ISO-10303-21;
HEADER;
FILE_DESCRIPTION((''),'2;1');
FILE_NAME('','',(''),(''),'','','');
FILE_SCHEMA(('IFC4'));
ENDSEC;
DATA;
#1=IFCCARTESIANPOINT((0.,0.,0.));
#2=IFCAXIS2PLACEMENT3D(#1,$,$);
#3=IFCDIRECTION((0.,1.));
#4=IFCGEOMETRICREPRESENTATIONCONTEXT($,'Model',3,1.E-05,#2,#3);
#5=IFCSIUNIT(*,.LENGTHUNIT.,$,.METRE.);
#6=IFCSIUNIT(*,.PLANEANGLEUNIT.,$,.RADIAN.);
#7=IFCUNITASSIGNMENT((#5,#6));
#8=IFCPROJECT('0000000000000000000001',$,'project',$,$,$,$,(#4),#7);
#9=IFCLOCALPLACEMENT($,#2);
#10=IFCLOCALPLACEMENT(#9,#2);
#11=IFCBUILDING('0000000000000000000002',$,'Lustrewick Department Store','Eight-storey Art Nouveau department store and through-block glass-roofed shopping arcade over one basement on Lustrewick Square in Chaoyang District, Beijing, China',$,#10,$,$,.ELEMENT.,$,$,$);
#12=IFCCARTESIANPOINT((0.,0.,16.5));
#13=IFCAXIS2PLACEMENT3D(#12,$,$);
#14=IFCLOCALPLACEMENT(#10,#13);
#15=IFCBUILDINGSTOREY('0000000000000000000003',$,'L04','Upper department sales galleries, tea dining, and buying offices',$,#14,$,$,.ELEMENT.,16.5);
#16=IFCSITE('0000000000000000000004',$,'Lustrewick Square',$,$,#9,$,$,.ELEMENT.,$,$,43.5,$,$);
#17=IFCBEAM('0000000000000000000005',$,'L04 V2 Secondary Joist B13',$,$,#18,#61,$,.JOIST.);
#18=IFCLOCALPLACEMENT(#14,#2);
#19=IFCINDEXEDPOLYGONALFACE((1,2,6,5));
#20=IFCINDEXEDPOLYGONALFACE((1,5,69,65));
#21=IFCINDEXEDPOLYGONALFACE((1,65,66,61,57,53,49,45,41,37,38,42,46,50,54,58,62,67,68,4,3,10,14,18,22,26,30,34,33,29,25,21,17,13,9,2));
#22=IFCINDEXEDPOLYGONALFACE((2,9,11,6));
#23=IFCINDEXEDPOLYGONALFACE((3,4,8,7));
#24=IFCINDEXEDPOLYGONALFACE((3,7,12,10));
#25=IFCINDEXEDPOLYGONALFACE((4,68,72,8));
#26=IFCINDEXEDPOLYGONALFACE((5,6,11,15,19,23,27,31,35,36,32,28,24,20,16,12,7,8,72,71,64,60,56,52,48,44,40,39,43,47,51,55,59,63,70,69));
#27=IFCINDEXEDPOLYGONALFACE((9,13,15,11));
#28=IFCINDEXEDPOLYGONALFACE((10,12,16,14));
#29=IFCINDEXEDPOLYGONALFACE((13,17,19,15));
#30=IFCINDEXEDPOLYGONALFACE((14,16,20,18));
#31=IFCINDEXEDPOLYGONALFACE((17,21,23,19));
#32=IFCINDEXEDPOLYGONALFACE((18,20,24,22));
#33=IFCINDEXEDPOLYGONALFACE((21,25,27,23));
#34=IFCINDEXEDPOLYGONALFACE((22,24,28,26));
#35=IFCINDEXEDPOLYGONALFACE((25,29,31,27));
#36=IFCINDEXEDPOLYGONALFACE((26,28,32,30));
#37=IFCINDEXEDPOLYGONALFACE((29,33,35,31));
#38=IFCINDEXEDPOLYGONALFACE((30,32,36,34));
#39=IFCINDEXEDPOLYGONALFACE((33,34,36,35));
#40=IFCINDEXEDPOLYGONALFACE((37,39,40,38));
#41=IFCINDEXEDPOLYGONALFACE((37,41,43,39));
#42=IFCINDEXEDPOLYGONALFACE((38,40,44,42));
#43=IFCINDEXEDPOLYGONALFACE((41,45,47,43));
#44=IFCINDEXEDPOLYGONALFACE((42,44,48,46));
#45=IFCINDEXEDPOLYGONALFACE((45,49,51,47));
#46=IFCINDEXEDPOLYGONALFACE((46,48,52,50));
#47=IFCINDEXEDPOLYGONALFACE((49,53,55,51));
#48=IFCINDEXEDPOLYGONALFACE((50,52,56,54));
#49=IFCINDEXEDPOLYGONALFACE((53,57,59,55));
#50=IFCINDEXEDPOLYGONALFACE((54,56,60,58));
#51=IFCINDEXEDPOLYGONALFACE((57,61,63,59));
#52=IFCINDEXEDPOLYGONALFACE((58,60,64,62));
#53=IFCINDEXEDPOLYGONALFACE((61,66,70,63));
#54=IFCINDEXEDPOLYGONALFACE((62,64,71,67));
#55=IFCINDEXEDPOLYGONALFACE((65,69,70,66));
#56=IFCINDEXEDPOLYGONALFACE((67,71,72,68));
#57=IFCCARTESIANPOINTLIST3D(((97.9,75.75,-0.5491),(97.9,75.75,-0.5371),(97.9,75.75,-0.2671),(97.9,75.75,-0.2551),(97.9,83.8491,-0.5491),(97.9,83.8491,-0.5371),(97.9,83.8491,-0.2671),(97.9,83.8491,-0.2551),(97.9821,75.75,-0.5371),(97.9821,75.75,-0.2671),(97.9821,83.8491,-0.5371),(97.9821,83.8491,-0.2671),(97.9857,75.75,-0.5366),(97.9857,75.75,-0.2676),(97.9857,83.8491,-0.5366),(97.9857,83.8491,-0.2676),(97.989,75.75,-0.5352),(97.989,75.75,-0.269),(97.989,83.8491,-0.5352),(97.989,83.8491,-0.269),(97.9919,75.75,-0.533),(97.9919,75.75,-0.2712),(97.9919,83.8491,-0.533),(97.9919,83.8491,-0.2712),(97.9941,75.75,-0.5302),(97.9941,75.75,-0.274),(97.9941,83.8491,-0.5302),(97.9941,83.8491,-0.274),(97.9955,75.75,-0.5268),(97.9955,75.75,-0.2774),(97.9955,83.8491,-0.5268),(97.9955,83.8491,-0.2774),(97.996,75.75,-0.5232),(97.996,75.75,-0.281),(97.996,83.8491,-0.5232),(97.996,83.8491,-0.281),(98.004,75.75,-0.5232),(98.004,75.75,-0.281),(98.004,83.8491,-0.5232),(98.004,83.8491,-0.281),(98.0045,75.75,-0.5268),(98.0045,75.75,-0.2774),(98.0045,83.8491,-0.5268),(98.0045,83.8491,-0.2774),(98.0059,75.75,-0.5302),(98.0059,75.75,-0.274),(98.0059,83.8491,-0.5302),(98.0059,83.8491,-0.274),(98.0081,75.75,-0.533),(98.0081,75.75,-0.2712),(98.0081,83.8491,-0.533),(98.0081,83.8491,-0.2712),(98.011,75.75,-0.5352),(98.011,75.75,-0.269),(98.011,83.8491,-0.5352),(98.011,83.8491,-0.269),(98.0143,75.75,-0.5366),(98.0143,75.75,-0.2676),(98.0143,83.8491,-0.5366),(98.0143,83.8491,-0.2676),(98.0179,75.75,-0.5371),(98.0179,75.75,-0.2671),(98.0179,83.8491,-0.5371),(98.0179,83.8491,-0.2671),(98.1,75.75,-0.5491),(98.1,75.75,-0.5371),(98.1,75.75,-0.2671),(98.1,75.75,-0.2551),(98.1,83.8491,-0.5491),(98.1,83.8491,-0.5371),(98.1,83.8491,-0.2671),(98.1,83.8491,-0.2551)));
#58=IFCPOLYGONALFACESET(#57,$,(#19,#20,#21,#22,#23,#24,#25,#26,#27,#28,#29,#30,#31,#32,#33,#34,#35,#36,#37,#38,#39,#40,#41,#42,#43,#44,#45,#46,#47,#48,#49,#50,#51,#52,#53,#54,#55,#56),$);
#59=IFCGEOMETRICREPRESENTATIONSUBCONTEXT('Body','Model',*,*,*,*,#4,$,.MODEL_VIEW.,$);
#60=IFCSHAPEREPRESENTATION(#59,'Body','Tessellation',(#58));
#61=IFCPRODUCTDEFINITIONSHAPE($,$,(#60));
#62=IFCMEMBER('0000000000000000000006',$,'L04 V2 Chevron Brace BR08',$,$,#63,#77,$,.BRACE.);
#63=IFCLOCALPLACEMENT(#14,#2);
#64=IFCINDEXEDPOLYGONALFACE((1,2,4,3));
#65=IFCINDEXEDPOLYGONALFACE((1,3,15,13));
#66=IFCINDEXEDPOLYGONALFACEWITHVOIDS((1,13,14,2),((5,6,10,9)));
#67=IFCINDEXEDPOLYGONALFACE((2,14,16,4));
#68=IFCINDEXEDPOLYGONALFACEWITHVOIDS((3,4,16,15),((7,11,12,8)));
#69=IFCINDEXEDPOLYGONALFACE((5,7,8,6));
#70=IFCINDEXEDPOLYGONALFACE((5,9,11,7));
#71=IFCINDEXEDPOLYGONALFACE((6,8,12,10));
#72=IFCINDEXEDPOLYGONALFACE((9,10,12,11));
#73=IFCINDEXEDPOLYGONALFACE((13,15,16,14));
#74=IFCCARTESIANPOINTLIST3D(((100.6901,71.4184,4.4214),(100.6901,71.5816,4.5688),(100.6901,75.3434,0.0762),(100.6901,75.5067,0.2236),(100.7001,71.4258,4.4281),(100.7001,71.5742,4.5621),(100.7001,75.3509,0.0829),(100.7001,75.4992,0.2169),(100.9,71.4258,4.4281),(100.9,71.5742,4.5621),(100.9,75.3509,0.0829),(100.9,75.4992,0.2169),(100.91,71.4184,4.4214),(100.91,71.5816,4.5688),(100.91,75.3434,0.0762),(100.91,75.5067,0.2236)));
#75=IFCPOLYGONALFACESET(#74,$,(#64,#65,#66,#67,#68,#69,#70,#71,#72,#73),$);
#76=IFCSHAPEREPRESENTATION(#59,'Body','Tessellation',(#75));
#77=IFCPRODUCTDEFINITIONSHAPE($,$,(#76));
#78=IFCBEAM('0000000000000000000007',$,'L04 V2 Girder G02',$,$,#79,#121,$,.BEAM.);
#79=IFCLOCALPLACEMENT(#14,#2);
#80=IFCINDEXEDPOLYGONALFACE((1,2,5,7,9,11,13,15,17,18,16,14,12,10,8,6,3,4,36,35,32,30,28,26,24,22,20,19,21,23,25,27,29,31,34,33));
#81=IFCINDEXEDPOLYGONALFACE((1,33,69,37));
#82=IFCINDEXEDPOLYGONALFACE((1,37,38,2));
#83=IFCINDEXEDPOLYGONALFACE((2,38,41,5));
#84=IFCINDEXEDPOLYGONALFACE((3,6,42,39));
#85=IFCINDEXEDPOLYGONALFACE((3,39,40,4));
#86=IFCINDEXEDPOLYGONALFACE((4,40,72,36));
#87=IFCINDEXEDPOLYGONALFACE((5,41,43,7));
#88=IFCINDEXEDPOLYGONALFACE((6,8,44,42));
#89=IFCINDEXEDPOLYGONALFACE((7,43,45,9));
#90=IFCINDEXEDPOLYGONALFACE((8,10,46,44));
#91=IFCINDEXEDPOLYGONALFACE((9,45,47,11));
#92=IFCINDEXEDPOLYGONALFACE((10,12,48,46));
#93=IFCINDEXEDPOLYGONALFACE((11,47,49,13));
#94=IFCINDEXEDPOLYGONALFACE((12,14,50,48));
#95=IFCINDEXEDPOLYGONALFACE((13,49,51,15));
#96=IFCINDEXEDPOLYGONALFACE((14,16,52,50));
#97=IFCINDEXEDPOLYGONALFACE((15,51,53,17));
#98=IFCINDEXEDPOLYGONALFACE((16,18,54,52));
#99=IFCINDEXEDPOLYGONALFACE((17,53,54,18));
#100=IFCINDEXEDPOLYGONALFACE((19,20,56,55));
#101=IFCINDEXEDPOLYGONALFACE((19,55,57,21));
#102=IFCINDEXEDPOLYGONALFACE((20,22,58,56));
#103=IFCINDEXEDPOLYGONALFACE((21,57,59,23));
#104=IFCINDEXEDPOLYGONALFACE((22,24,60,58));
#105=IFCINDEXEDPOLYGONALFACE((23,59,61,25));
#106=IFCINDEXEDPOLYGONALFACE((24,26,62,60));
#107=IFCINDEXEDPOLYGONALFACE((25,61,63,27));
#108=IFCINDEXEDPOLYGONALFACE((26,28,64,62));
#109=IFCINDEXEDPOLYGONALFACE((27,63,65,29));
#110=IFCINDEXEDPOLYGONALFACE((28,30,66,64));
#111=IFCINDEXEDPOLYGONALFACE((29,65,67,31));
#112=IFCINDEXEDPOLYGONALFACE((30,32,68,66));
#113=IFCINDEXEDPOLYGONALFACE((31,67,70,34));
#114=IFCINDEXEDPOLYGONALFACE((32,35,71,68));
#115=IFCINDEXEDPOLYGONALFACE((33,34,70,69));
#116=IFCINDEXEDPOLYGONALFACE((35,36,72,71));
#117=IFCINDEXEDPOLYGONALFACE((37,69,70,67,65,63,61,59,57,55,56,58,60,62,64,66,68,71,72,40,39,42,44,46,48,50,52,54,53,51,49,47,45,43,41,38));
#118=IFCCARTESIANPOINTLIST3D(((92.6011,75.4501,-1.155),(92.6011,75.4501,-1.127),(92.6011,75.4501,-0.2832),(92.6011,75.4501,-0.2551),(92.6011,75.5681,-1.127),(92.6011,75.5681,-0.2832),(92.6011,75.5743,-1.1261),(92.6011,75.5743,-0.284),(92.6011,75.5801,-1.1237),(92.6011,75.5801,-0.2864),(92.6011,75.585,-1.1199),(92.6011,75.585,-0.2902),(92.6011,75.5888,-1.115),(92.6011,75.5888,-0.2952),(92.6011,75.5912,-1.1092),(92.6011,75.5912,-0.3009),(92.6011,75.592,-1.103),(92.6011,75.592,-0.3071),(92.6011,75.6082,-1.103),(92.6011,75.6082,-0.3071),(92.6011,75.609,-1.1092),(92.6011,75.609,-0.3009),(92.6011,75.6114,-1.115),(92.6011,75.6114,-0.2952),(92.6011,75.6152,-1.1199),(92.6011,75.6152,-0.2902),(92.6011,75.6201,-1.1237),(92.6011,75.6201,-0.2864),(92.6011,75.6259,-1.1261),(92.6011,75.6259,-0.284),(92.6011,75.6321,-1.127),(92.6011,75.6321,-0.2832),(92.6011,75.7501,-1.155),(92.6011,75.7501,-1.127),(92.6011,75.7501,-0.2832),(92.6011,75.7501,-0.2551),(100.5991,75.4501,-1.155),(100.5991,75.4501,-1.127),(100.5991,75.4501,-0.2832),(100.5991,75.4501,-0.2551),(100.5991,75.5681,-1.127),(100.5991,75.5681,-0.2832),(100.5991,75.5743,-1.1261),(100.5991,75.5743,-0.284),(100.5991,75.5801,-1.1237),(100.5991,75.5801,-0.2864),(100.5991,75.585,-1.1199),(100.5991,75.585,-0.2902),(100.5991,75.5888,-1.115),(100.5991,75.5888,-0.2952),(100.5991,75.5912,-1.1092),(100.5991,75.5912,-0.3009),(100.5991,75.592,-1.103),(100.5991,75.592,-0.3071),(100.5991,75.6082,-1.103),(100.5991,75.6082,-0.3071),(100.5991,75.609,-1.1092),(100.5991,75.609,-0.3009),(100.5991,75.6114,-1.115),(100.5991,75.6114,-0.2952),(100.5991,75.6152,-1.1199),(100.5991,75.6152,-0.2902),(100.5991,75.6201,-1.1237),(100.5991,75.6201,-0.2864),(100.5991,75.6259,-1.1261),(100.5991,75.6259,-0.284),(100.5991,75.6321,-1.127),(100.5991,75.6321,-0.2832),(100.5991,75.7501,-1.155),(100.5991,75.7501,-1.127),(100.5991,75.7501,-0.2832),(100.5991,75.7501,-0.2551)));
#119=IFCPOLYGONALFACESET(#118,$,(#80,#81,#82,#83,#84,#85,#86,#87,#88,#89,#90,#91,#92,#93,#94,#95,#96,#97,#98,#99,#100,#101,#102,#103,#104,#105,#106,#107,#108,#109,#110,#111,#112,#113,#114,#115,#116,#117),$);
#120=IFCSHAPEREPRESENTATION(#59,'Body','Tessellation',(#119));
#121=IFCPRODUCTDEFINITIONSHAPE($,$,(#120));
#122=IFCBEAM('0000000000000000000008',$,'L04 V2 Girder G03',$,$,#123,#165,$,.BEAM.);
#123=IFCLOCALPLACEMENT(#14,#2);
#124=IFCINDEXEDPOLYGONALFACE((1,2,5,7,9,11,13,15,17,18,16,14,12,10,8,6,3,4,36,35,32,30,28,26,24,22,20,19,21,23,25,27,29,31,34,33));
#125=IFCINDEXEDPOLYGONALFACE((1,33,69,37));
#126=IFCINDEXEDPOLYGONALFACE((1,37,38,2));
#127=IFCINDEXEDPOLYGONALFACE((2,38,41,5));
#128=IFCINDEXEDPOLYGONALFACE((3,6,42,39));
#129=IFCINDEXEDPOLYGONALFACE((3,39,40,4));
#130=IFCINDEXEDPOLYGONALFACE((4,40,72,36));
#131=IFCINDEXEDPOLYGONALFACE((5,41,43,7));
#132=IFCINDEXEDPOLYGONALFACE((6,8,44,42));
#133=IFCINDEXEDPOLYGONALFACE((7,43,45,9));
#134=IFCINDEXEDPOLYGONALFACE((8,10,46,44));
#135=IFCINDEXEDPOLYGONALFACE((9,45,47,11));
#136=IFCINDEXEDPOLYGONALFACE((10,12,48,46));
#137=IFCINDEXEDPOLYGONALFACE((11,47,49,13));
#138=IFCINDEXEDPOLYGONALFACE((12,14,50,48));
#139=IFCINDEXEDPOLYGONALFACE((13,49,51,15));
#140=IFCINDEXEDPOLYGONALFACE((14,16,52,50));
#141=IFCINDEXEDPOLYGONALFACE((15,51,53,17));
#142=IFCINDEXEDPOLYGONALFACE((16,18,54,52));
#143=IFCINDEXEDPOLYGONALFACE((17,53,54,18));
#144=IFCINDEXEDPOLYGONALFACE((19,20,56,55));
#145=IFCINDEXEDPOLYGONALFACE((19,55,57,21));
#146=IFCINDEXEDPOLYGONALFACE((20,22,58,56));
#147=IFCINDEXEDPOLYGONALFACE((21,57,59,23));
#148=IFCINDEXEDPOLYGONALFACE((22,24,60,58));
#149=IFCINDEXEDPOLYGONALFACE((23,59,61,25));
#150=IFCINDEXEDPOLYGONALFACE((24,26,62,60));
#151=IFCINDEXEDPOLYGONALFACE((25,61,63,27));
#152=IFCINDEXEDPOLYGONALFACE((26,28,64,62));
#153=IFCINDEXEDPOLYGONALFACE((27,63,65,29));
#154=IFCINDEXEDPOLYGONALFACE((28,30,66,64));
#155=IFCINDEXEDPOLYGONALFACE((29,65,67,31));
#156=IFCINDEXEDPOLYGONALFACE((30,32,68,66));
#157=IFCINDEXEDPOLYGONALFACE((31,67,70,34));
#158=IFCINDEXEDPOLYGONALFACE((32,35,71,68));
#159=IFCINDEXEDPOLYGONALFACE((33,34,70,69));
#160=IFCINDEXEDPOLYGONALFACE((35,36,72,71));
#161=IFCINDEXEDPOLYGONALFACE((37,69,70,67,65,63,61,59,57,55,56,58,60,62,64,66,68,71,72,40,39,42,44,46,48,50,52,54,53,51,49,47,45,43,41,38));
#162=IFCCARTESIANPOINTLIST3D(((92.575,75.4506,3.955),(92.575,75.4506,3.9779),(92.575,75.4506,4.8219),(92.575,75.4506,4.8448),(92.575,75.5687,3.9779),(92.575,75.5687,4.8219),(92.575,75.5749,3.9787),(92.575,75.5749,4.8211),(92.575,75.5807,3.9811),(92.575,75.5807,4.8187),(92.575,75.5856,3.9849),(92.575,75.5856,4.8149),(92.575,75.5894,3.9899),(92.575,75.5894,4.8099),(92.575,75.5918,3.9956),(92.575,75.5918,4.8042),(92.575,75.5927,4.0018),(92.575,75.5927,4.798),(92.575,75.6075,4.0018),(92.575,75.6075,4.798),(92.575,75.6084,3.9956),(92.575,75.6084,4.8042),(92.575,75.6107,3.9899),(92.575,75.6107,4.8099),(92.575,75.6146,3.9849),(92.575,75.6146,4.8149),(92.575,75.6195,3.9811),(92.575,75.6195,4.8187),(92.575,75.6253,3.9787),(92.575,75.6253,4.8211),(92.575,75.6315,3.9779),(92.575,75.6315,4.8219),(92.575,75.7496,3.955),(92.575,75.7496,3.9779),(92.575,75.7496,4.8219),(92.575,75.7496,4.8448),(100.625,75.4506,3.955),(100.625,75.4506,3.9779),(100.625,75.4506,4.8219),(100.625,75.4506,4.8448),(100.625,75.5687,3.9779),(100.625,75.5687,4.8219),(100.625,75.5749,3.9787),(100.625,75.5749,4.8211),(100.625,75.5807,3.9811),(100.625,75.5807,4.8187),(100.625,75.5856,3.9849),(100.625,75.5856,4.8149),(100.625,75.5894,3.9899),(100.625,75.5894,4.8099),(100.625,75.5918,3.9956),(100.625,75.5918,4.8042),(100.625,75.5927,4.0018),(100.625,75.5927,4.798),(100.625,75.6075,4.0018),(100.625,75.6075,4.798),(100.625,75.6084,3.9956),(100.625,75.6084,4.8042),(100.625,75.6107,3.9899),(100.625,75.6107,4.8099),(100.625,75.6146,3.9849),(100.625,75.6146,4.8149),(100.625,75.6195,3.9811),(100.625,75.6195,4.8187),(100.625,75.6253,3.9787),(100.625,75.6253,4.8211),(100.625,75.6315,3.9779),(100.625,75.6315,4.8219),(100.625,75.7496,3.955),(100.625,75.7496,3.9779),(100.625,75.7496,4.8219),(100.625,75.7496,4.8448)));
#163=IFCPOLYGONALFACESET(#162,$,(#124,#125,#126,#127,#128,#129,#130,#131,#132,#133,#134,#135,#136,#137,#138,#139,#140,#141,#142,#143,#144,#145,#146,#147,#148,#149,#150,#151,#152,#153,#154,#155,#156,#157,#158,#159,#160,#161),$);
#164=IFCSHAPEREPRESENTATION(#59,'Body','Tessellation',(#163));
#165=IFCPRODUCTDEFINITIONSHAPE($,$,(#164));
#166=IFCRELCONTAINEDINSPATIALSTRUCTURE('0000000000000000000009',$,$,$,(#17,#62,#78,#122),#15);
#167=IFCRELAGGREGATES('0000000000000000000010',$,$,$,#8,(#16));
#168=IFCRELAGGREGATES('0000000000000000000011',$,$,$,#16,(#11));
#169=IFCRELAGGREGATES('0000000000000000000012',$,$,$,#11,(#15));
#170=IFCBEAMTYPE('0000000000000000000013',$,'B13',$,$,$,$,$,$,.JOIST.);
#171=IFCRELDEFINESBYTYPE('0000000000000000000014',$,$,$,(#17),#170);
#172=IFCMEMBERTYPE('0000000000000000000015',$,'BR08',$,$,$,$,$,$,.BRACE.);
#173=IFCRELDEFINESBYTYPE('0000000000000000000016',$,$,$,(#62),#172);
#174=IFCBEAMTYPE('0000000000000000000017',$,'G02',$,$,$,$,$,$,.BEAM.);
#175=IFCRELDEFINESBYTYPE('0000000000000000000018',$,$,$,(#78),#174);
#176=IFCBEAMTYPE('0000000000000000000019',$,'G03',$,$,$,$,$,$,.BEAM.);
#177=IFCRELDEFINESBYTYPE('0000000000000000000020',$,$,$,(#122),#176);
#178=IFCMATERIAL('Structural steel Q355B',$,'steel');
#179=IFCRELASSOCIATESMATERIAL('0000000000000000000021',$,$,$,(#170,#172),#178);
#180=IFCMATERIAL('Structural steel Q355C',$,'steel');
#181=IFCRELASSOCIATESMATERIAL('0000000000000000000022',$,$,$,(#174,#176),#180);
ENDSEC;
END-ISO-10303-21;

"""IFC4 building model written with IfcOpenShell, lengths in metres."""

from ifc_helpers import new_model, si_unit, direction, frame, origin, origin_2d, place, context, subcontext, project, spatial, hollow_rectangle, i_section, extrude, material, material_profile, profile_set, type_object, element, save


model = new_model("IFC4")

# Units and contexts
model_context = context("Model", 3, precision=1e-05, world=origin(), true_north=direction((0.0, 1.0)))
body_context = subcontext(model_context, "Body", "Model", "MODEL_VIEW")
ifc_project = project(units=[si_unit("LENGTHUNIT", "METRE"), si_unit("PLANEANGLEUNIT", "RADIAN")], contexts=[model_context])

# Site, building, storey
site_placement = place(None, origin())
site = spatial("IfcSite", under=ifc_project, at=site_placement, Name="Lustrewick Square", CompositionType="ELEMENT", RefElevation=43.5)
building_placement = place(site_placement, origin())
building = spatial("IfcBuilding", under=site, at=building_placement, Name="Lustrewick Department Store", Description="Eight-storey Art Nouveau department store and through-block glass-roofed shopping arcade over one basement on Lustrewick Square in Chaoyang District, Beijing, China", CompositionType="ELEMENT")
storey_placement = place(building_placement, frame((0.0, 0.0, 16.5)))
storey = spatial("IfcBuildingStorey", under=building, at=storey_placement, Name="L04", Description="Upper department sales galleries, tea dining, and buying offices", CompositionType="ELEMENT", Elevation=16.5)

# Shared definitions
ifc_material_1 = material(Name="Structural steel Q355B", Category="steel")
ifc_material_2 = material(Name="Structural steel Q355C", Category="steel")

# Beam
ifc_material_profile_1 = material_profile(ifc_material_1, i_section(OverallWidth=0.2, OverallDepth=0.2939, WebThickness=0.0081, FlangeThickness=0.012, FilletRadius=0.0139, at=origin_2d()), Name="HM 294x200x8x12")
ifc_profile_set_1 = profile_set([ifc_material_profile_1], Name="Structural steel Q355B")
beam_type_1 = type_object("IfcBeamType", Name="B13", PredefinedType="JOIST", material=ifc_profile_set_1)
beam_1_placement = place(storey_placement, frame((98.0, 75.75, -0.4021), z_axis=(0.0, 1.0, 0.0), x_axis=(-1.0, 0.0, 0.0)))
element("IfcBeam", 1, at=beam_1_placement, inside=storey, type_object=beam_type_1, Name="L04 V2 Secondary Joist B13", PredefinedType="JOIST", context=body_context, shape_type="SweptSolid", body=[
    extrude(i_section(OverallWidth=0.2, OverallDepth=0.2939, WebThickness=0.0081, FlangeThickness=0.012, FilletRadius=0.0139, at=origin_2d()), origin(), (0.0, 0.0, 1.0), 8.0991),
])

# Member
ifc_material_profile_2 = material_profile(ifc_material_1, hollow_rectangle(XDim=0.22, YDim=0.22, WallThickness=0.01, at=origin_2d()), Name="SHS 220x220x10")
ifc_profile_set_2 = profile_set([ifc_material_profile_2], Name="Structural steel Q355B")
member_type = type_object("IfcMemberType", Name="BR08", PredefinedType="BRACE", material=ifc_profile_set_2)
member_placement = place(storey_placement, frame((100.8, 75.425, 0.1499), z_axis=(0.0, -0.670318, 0.742074), x_axis=(1.0, 0.0, 0.0)))
element("IfcMember", 2, at=member_placement, inside=storey, type_object=member_type, Name="L04 V2 Chevron Brace BR08", PredefinedType="BRACE", context=body_context, shape_type="SweptSolid", body=[
    extrude(hollow_rectangle(XDim=0.22, YDim=0.22, WallThickness=0.01, at=origin_2d()), origin(), (0.0, 0.0, 1.0), 5.8555),
])

# Beams
ifc_material_profile_3 = material_profile(ifc_material_2, i_section(OverallWidth=0.3, OverallDepth=0.8999, WebThickness=0.0161, FlangeThickness=0.0281, FilletRadius=0.0239, at=origin_2d()), Name="HN 900x300x16x28")
ifc_profile_set_3 = profile_set([ifc_material_profile_3], Name="Structural steel Q355C")
beam_type_2 = type_object("IfcBeamType", Name="G02", PredefinedType="BEAM", material=ifc_profile_set_3)
beam_2_placement = place(storey_placement, frame((92.6011, 75.6001, -0.7051), z_axis=(1.0, 0.0, 0.0), x_axis=(0.0, 1.0, 0.0)))
element("IfcBeam", 3, at=beam_2_placement, inside=storey, type_object=beam_type_2, Name="L04 V2 Girder G02", PredefinedType="BEAM", context=body_context, shape_type="SweptSolid", body=[
    extrude(i_section(OverallWidth=0.3, OverallDepth=0.8999, WebThickness=0.0161, FlangeThickness=0.0281, FilletRadius=0.0239, at=origin_2d()), origin(), (0.0, 0.0, 1.0), 7.998),
])
ifc_material_profile_4 = material_profile(ifc_material_2, i_section(OverallWidth=0.2991, OverallDepth=0.8899, WebThickness=0.0149, FlangeThickness=0.0229, FilletRadius=0.0239, at=origin_2d()), Name="HN 890x299x15x23")
ifc_profile_set_4 = profile_set([ifc_material_profile_4], Name="Structural steel Q355C")
beam_type_3 = type_object("IfcBeamType", Name="G03", PredefinedType="BEAM", material=ifc_profile_set_4)
beam_3_placement = place(storey_placement, frame((92.575, 75.6001, 4.3999), z_axis=(1.0, 0.0, 0.0), x_axis=(0.0, 1.0, 0.0)))
element("IfcBeam", 4, at=beam_3_placement, inside=storey, type_object=beam_type_3, Name="L04 V2 Girder G03", PredefinedType="BEAM", context=body_context, shape_type="SweptSolid", body=[
    extrude(i_section(OverallWidth=0.2991, OverallDepth=0.8899, WebThickness=0.0149, FlangeThickness=0.0229, FilletRadius=0.0239, at=origin_2d()), origin(), (0.0, 0.0, 1.0), 8.05),
])

save(model, "model.ifc")
